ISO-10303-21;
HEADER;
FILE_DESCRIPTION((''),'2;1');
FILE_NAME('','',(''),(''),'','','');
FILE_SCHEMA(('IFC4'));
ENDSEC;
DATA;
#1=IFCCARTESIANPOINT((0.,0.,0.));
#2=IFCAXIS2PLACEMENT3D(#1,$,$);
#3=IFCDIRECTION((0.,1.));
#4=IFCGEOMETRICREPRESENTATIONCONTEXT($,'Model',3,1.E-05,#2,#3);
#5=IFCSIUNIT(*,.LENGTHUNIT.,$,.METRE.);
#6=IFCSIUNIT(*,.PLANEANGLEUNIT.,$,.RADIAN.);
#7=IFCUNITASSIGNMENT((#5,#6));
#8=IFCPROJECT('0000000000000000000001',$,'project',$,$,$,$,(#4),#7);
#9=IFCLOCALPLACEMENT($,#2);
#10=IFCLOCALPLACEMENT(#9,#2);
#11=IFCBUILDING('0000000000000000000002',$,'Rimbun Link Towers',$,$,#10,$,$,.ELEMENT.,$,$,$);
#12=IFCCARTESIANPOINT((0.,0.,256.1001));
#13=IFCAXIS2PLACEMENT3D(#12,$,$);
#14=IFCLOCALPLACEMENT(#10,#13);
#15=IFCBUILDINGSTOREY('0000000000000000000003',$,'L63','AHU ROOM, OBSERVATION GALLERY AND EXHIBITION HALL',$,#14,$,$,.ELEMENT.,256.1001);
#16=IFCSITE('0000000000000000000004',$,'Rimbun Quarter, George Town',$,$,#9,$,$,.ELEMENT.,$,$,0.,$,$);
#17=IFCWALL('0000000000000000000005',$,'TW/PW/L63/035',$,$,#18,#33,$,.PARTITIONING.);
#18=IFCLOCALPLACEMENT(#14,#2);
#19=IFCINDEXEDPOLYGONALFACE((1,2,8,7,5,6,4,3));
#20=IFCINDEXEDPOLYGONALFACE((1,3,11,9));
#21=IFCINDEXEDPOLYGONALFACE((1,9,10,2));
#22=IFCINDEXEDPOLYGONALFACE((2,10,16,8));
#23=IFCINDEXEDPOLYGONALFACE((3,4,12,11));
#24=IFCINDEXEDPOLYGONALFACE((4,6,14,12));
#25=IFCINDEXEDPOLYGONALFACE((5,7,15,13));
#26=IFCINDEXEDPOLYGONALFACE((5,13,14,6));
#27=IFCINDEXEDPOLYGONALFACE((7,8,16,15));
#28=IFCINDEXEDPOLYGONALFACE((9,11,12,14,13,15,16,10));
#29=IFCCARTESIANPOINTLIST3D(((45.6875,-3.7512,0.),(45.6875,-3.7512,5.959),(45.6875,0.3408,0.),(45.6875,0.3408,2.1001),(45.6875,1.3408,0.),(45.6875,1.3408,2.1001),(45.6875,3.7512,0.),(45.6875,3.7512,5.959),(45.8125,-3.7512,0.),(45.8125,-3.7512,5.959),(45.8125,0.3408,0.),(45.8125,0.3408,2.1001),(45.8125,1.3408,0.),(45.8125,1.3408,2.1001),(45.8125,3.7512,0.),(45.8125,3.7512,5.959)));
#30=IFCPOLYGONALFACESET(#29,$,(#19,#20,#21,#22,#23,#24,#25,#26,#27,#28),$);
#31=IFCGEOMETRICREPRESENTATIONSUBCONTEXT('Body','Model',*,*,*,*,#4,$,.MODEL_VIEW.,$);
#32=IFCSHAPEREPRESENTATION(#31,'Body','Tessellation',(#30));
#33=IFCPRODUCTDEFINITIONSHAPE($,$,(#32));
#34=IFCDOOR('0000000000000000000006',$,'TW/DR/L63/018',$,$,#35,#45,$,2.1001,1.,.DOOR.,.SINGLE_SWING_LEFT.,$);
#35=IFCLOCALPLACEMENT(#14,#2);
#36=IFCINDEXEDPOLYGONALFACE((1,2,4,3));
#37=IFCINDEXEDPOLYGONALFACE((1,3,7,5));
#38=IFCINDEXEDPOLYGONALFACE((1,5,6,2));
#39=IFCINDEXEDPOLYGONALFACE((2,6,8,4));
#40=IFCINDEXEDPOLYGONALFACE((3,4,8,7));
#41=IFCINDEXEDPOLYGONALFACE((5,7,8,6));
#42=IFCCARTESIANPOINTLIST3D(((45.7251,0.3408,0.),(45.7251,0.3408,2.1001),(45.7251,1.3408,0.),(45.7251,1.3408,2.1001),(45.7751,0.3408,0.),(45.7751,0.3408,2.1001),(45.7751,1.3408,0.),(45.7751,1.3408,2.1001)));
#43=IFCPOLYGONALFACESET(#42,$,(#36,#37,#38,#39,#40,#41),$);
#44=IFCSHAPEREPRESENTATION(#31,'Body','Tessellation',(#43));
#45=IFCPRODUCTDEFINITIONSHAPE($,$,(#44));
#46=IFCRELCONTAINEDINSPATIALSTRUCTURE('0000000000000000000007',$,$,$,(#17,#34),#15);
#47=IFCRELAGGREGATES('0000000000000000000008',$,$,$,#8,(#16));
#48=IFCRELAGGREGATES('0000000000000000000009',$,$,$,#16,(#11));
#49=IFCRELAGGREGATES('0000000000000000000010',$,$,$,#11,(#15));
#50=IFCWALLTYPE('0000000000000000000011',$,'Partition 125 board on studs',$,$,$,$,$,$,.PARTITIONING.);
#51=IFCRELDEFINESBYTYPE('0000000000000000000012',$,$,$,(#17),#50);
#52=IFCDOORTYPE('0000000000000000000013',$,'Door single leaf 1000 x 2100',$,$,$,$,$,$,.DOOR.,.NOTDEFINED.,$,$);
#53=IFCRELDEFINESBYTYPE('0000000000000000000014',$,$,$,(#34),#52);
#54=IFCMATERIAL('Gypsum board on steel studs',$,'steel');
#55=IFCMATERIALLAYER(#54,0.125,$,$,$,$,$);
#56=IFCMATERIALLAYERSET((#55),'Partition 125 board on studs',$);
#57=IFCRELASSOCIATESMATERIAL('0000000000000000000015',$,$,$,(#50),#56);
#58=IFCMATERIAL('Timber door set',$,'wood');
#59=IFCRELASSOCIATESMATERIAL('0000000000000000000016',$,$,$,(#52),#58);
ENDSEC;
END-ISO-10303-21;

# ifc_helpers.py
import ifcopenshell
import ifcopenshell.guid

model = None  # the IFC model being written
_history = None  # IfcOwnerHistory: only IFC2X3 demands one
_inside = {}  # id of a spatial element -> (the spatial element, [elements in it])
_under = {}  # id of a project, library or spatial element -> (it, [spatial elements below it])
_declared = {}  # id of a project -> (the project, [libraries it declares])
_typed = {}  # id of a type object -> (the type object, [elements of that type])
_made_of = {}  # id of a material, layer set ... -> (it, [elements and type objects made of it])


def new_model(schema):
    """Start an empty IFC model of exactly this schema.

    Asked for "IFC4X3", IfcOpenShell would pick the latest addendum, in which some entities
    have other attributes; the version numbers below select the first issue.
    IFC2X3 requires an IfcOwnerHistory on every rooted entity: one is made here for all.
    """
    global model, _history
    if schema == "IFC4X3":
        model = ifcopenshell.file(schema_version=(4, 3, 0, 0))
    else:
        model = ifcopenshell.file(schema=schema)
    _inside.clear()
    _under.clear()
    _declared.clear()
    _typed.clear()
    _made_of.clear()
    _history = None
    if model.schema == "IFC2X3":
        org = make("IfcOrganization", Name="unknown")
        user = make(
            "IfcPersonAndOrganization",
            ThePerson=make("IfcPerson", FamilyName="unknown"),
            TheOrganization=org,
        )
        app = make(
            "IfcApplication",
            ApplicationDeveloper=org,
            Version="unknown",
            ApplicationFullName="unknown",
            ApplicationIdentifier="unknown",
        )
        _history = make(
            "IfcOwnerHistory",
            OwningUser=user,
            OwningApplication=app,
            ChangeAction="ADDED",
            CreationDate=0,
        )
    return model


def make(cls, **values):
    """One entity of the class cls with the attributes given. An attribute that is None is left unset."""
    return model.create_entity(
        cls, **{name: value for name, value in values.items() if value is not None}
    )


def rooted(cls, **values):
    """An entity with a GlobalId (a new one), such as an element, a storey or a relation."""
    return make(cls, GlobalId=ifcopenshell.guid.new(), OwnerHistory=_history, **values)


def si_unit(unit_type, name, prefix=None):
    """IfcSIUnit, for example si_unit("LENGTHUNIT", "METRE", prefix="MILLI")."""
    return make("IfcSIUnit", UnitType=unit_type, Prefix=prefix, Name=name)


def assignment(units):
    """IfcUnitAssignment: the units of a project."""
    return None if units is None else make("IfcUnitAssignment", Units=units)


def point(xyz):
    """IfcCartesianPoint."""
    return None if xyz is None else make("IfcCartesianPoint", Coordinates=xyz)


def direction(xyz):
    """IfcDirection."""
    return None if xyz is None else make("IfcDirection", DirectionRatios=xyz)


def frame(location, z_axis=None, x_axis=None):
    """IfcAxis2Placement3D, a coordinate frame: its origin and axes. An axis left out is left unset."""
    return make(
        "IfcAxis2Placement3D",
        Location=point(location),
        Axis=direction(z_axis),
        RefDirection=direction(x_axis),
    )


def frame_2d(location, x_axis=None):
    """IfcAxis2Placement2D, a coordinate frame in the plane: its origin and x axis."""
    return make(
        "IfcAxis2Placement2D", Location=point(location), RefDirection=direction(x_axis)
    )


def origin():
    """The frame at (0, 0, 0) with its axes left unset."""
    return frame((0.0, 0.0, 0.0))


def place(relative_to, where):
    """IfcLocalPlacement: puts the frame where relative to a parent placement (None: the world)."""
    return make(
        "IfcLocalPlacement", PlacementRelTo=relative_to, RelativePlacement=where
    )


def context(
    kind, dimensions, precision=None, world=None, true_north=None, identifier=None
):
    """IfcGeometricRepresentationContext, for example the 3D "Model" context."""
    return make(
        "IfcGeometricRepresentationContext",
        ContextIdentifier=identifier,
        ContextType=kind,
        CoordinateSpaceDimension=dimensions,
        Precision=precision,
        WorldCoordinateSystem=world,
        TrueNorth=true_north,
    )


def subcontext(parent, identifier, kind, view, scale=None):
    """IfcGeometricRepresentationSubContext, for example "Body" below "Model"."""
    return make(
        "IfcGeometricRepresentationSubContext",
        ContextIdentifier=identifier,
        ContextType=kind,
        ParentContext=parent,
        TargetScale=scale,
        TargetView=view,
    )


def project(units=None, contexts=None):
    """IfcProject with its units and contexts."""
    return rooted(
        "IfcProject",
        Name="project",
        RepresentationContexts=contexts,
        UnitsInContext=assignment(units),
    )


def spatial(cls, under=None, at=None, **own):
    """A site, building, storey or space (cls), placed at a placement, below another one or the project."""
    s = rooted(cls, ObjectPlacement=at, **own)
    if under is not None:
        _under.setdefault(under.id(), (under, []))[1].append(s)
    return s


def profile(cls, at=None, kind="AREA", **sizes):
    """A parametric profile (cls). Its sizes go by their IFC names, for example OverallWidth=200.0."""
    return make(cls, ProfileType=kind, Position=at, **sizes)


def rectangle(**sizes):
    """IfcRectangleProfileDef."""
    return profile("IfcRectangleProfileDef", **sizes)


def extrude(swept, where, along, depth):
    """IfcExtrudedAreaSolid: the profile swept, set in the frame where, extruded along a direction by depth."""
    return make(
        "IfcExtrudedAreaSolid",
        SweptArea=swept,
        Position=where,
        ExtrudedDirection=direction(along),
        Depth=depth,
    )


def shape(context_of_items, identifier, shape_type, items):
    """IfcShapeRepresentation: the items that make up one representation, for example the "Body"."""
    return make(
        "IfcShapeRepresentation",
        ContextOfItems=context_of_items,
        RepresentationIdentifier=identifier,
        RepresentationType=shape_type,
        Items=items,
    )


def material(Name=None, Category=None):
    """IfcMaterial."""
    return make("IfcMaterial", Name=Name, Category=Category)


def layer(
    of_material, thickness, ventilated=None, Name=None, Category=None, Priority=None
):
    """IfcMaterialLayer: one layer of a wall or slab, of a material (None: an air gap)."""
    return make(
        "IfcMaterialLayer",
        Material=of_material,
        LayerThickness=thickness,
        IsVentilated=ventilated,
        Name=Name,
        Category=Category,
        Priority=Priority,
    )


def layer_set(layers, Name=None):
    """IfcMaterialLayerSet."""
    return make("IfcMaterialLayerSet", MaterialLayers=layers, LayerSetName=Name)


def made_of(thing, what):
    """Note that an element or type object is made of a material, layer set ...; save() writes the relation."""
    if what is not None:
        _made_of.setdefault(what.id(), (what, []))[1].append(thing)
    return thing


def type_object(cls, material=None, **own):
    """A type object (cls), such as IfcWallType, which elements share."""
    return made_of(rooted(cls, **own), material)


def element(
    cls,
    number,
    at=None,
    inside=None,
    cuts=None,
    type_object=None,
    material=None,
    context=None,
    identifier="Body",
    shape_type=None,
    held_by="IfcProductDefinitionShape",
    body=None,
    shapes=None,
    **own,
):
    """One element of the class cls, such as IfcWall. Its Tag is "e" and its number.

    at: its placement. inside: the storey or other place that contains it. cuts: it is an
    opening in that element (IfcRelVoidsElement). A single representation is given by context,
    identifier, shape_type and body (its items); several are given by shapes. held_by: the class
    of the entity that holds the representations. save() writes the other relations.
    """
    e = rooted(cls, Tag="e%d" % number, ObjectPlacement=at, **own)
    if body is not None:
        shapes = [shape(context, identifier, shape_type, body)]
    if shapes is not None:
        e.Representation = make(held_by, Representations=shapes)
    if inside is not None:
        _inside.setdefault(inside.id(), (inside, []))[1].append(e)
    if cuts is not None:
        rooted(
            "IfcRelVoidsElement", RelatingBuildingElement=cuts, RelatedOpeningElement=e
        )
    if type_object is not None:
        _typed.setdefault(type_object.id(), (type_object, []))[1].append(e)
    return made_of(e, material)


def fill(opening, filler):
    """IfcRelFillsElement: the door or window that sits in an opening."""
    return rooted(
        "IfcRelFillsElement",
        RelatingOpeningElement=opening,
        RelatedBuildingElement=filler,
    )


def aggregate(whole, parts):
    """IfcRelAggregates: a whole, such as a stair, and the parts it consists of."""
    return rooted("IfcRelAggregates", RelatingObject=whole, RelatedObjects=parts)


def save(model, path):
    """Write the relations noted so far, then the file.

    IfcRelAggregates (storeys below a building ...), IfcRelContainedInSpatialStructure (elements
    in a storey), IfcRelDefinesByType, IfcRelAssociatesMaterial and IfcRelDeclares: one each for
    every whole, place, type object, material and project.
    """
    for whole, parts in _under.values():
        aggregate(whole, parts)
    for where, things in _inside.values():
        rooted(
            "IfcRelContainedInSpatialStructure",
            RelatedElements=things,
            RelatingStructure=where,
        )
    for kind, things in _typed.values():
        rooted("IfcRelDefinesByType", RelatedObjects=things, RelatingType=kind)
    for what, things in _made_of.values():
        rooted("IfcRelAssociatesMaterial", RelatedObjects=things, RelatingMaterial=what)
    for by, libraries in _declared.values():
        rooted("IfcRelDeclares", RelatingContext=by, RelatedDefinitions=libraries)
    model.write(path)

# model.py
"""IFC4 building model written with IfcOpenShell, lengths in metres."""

from ifc_helpers import new_model, si_unit, direction, frame, frame_2d, origin, place, context, subcontext, project, spatial, rectangle, extrude, material, layer, layer_set, type_object, element, fill, save


model = new_model("IFC4")

# Units and contexts
model_context = context("Model", 3, precision=1e-05, world=origin(), true_north=direction((0.0, 1.0)))
body_context = subcontext(model_context, "Body", "Model", "MODEL_VIEW")
ifc_project = project(units=[si_unit("LENGTHUNIT", "METRE"), si_unit("PLANEANGLEUNIT", "RADIAN")], contexts=[model_context])

# Site, building, storey
site_placement = place(None, origin())
site = spatial("IfcSite", under=ifc_project, at=site_placement, Name="Rimbun Quarter, George Town", CompositionType="ELEMENT", RefElevation=0.0)
building_placement = place(site_placement, origin())
building = spatial("IfcBuilding", under=site, at=building_placement, Name="Rimbun Link Towers", CompositionType="ELEMENT")
storey_placement = place(building_placement, frame((0.0, 0.0, 256.1001)))
storey = spatial("IfcBuildingStorey", under=building, at=storey_placement, Name="L63", Description="AHU ROOM, OBSERVATION GALLERY AND EXHIBITION HALL", CompositionType="ELEMENT", Elevation=256.1001)

# Wall, opening, door
ifc_material_1 = material(Name="Gypsum board on steel studs", Category="steel")
ifc_layer_1 = layer(ifc_material_1, 0.125)
ifc_layer_set_1 = layer_set([ifc_layer_1], Name="Partition 125 board on studs")
wall_type_1 = type_object("IfcWallType", Name="Partition 125 board on studs", PredefinedType="PARTITIONING", material=ifc_layer_set_1)
wall_1_placement = place(storey_placement, frame((45.75, -3.7512, 0.0), z_axis=(0.0, 0.0, 1.0), x_axis=(0.0, 1.0, 0.0)))
wall_1 = element("IfcWall", 1, at=wall_1_placement, inside=storey, type_object=wall_type_1, Name="TW/PW/L63/035", PredefinedType="PARTITIONING", context=body_context, shape_type="SweptSolid", body=[
    extrude(rectangle(XDim=7.5024, YDim=0.125, at=frame_2d((3.7512, 0.0))), origin(), (0.0, 0.0, 1.0), 5.959),
])
opening_placement = place(wall_1_placement, frame((4.092, 0.0, 0.0)))
opening = element("IfcOpeningElement", 2, at=opening_placement, cuts=wall_1, PredefinedType="OPENING", context=body_context, shape_type="SweptSolid", body=[
    extrude(rectangle(XDim=1.0, YDim=2.1001, at=frame_2d((0.5, 1.05))), frame((0.0, 0.0725, 0.0), z_axis=(0.0, -1.0, 0.0), x_axis=(1.0, 0.0, 0.0)), (0.0, 0.0, 1.0), 0.145),
])
ifc_material_2 = material(Name="Timber door set", Category="wood")
door_type = type_object("IfcDoorType", Name="Door single leaf 1000 x 2100", OperationType="NOTDEFINED", PredefinedType="DOOR", material=ifc_material_2)
door_placement = place(opening_placement, origin())
door = element("IfcDoor", 3, at=door_placement, inside=storey, type_object=door_type, Name="TW/DR/L63/018", OperationType="SINGLE_SWING_LEFT", OverallHeight=2.1001, OverallWidth=1.0, PredefinedType="DOOR", context=body_context, shape_type="SweptSolid", body=[
    extrude(rectangle(XDim=1.0, YDim=2.1001, at=frame_2d((0.5, 1.05))), frame((0.0, 0.0249, 0.0), z_axis=(0.0, -1.0, 0.0), x_axis=(1.0, 0.0, 0.0)), (0.0, 0.0, 1.0), 0.05),
])
fill(opening, door)

save(model, "model.ifc")
